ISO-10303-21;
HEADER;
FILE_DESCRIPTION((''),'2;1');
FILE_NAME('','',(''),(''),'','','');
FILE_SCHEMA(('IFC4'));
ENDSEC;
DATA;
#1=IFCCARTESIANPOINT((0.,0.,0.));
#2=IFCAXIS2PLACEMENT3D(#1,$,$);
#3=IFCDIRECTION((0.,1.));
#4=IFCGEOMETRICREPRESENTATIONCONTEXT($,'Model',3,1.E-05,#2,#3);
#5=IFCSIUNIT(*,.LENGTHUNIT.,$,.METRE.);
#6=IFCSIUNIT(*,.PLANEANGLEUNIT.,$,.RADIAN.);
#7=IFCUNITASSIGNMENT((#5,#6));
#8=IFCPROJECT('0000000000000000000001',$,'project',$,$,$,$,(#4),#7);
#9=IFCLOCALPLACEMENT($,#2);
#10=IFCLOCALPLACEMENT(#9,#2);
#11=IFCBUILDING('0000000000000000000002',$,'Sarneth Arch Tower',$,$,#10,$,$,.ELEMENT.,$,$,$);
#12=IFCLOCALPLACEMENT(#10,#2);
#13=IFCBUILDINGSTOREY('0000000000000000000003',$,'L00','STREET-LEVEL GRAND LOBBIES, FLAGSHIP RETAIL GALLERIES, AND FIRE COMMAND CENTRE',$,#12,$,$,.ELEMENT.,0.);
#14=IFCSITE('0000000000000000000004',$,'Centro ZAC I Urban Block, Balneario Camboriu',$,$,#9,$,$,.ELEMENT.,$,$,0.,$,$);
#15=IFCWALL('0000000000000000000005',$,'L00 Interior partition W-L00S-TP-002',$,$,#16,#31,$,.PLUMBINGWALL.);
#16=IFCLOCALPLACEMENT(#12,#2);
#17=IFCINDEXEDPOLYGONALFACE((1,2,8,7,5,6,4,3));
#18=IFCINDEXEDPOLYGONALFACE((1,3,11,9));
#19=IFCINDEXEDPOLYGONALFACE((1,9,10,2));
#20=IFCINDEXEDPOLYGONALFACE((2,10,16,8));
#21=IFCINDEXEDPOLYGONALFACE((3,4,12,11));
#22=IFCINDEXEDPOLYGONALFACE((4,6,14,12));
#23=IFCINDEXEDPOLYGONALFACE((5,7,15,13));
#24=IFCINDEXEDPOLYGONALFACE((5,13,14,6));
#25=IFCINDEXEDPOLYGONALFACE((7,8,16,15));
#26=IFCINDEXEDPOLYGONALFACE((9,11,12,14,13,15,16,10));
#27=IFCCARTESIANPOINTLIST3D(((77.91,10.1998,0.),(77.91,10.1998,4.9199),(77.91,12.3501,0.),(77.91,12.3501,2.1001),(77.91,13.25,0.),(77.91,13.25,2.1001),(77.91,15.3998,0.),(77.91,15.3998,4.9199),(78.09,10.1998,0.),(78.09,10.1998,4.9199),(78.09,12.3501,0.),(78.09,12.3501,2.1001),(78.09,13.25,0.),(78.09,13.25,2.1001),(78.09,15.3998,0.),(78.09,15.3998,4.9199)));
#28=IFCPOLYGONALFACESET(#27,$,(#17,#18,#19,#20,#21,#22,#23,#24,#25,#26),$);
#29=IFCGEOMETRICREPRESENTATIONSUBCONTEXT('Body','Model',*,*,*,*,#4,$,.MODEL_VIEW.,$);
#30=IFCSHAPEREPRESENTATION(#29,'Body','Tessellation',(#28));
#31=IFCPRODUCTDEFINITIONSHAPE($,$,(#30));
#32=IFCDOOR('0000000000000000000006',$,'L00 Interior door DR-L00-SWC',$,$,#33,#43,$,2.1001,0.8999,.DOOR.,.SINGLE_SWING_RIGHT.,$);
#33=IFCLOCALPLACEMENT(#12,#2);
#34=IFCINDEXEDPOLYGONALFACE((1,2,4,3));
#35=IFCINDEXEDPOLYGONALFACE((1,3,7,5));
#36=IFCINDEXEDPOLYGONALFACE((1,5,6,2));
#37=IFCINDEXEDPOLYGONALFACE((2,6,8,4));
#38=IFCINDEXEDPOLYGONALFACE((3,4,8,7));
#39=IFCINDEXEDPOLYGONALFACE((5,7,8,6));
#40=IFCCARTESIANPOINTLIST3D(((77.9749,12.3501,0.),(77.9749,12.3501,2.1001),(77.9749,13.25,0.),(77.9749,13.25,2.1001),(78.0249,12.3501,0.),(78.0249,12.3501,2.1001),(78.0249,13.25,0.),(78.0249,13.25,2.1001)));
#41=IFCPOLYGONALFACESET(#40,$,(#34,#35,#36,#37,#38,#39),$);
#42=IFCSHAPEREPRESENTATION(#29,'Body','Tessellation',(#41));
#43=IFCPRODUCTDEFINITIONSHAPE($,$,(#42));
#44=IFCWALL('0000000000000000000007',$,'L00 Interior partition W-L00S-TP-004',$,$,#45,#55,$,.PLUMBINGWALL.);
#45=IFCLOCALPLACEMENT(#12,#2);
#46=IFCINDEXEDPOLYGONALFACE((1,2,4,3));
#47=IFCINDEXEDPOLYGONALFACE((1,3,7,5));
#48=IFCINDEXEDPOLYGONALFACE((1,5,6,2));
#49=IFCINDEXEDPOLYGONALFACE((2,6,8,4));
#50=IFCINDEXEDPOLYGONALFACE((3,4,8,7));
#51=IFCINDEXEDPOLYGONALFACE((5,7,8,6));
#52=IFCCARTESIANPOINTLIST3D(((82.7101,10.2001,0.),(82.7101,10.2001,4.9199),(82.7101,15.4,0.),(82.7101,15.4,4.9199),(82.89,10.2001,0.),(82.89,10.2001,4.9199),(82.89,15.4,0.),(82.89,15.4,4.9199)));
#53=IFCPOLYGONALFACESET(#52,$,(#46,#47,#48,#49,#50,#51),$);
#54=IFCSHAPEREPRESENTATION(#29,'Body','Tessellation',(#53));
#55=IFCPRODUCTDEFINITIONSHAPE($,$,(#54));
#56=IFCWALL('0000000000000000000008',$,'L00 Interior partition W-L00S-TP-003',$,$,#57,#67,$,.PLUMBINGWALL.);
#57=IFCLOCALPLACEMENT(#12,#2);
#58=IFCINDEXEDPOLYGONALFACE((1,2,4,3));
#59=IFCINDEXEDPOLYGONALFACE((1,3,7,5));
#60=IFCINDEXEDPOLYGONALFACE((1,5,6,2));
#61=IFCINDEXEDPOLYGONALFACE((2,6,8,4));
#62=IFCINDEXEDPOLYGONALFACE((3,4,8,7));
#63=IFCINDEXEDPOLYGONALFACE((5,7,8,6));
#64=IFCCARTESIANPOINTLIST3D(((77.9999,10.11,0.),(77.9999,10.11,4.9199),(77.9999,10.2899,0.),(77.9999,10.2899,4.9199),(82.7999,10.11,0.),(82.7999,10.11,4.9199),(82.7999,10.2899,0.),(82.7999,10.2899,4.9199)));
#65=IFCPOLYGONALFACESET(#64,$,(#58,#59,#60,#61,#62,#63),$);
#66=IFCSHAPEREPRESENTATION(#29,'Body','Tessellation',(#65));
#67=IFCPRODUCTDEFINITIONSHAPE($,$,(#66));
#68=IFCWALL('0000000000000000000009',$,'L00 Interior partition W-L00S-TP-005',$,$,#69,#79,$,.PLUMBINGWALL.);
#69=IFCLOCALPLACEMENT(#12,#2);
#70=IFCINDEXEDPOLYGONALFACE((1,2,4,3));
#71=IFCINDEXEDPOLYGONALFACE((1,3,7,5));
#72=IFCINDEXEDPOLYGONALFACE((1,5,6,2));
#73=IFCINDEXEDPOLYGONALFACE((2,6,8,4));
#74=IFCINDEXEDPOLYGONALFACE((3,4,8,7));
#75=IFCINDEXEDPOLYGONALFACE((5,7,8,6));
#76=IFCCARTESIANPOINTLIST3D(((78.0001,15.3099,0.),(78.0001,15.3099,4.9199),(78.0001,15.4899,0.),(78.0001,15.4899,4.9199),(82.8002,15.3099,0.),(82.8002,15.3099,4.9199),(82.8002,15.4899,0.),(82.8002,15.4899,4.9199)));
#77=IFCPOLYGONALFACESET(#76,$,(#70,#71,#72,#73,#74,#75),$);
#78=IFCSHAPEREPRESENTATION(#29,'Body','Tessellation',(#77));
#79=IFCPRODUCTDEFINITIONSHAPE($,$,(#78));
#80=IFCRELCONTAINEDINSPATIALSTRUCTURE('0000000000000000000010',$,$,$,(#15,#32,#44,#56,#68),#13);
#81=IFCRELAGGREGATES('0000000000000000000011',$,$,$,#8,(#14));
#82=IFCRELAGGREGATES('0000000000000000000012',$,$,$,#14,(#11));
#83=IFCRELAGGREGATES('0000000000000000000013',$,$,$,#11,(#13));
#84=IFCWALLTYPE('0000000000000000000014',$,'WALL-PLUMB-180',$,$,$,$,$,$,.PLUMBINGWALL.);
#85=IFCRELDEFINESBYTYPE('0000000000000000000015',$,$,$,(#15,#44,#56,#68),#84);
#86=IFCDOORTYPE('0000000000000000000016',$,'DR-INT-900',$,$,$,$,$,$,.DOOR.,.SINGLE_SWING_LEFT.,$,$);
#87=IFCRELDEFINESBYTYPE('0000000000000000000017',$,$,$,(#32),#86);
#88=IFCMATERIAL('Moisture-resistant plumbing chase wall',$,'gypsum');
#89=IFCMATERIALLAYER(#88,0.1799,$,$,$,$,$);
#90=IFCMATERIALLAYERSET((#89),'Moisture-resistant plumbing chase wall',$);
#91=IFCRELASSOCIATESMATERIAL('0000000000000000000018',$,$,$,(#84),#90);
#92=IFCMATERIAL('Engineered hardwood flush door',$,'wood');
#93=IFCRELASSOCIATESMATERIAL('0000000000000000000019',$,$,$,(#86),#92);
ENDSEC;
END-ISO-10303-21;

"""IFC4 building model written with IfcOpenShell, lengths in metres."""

from ifc_helpers import new_model, si_unit, direction, frame, frame_2d, origin, place, context, subcontext, project, spatial, rectangle, extrude, material, layer, layer_set, type_object, element, fill, save


model = new_model("IFC4")

# Units and contexts
model_context = context("Model", 3, precision=1e-05, world=origin(), true_north=direction((0.0, 1.0)))
body_context = subcontext(model_context, "Body", "Model", "MODEL_VIEW")
ifc_project = project(units=[si_unit("LENGTHUNIT", "METRE"), si_unit("PLANEANGLEUNIT", "RADIAN")], contexts=[model_context])

# Site, building, storey
site_placement = place(None, origin())
site = spatial("IfcSite", under=ifc_project, at=site_placement, Name="Centro ZAC I Urban Block, Balneario Camboriu", CompositionType="ELEMENT", RefElevation=0.0)
building_placement = place(site_placement, origin())
building = spatial("IfcBuilding", under=site, at=building_placement, Name="Sarneth Arch Tower", CompositionType="ELEMENT")
storey_placement = place(building_placement, origin())
storey = spatial("IfcBuildingStorey", under=building, at=storey_placement, Name="L00", Description="STREET-LEVEL GRAND LOBBIES, FLAGSHIP RETAIL GALLERIES, AND FIRE COMMAND CENTRE", CompositionType="ELEMENT", Elevation=0.0)

# Wall, opening, door
ifc_material_1 = material(Name="Moisture-resistant plumbing chase wall", Category="gypsum")
ifc_layer_1 = layer(ifc_material_1, 0.1799)
ifc_layer_set_1 = layer_set([ifc_layer_1], Name="Moisture-resistant plumbing chase wall")
wall_type_1 = type_object("IfcWallType", Name="WALL-PLUMB-180", PredefinedType="PLUMBINGWALL", material=ifc_layer_set_1)
wall_1_placement = place(storey_placement, frame((78.0, 15.3999, 0.0), z_axis=(0.0, 0.0, 1.0), x_axis=(0.0, -1.0, 0.0)))
wall_1 = element("IfcWall", 1, at=wall_1_placement, inside=storey, type_object=wall_type_1, Name="L00 Interior partition W-L00S-TP-002", PredefinedType="PLUMBINGWALL", context=body_context, shape_type="SweptSolid", body=[
    extrude(rectangle(XDim=5.2, YDim=0.1799, at=frame_2d((2.6001, 0.0))), origin(), (0.0, 0.0, 1.0), 4.9199),
])
opening_placement = place(wall_1_placement, frame((2.1499, 0.0, 0.0)))
opening = element("IfcOpeningElement", 2, at=opening_placement, cuts=wall_1, PredefinedType="OPENING", context=body_context, shape_type="SweptSolid", body=[
    extrude(rectangle(XDim=0.8999, YDim=2.1001, at=frame_2d((0.45, 1.05))), frame((0.0, 0.0999, 0.0), z_axis=(0.0, -1.0, 0.0), x_axis=(1.0, 0.0, 0.0)), (0.0, 0.0, 1.0), 0.2),
])
ifc_material_2 = material(Name="Engineered hardwood flush door", Category="wood")
door_type = type_object("IfcDoorType", Name="DR-INT-900", OperationType="SINGLE_SWING_LEFT", PredefinedType="DOOR", material=ifc_material_2)
door_placement = place(opening_placement, origin())
door = element("IfcDoor", 3, at=door_placement, inside=storey, type_object=door_type, Name="L00 Interior door DR-L00-SWC", OperationType="SINGLE_SWING_RIGHT", OverallHeight=2.1001, OverallWidth=0.8999, PredefinedType="DOOR", context=body_context, shape_type="SweptSolid", body=[
    extrude(rectangle(XDim=0.8999, YDim=2.1001, at=frame_2d((0.45, 1.05))), frame((0.0, 0.0249, 0.0), z_axis=(0.0, -1.0, 0.0), x_axis=(1.0, 0.0, 0.0)), (0.0, 0.0, 1.0), 0.05),
])
fill(opening, door)

# Walls
wall_2_placement = place(storey_placement, frame((82.8, 10.2, 0.0), z_axis=(0.0, 0.0, 1.0), x_axis=(0.0, 1.0, 0.0)))
element("IfcWall", 4, at=wall_2_placement, inside=storey, type_object=wall_type_1, Name="L00 Interior partition W-L00S-TP-004", PredefinedType="PLUMBINGWALL", context=body_context, shape_type="SweptSolid", body=[
    extrude(rectangle(XDim=5.2, YDim=0.1799, at=frame_2d((2.6001, 0.0))), origin(), (0.0, 0.0, 1.0), 4.9199),
])
for number, where, z_axis, x_axis, name in (
    (5, (78.0, 10.2, 0.0), (0.0, 0.0, 1.0), (1.0, 0.0, 0.0), "L00 Interior partition W-L00S-TP-003"),
    (6, (82.8, 15.3999, 0.0), (0.0, 0.0, 1.0), (-1.0, 0.0, 0.0), "L00 Interior partition W-L00S-TP-005"),
):
    element("IfcWall", number, at=place(storey_placement, frame(where, z_axis=z_axis, x_axis=x_axis)), inside=storey, type_object=wall_type_1, Name=name, PredefinedType="PLUMBINGWALL", context=body_context, shape_type="SweptSolid", body=[
        extrude(rectangle(XDim=4.8, YDim=0.1799, at=frame_2d((2.3999, 0.0))), origin(), (0.0, 0.0, 1.0), 4.9199),
    ])

save(model, "model.ifc")
